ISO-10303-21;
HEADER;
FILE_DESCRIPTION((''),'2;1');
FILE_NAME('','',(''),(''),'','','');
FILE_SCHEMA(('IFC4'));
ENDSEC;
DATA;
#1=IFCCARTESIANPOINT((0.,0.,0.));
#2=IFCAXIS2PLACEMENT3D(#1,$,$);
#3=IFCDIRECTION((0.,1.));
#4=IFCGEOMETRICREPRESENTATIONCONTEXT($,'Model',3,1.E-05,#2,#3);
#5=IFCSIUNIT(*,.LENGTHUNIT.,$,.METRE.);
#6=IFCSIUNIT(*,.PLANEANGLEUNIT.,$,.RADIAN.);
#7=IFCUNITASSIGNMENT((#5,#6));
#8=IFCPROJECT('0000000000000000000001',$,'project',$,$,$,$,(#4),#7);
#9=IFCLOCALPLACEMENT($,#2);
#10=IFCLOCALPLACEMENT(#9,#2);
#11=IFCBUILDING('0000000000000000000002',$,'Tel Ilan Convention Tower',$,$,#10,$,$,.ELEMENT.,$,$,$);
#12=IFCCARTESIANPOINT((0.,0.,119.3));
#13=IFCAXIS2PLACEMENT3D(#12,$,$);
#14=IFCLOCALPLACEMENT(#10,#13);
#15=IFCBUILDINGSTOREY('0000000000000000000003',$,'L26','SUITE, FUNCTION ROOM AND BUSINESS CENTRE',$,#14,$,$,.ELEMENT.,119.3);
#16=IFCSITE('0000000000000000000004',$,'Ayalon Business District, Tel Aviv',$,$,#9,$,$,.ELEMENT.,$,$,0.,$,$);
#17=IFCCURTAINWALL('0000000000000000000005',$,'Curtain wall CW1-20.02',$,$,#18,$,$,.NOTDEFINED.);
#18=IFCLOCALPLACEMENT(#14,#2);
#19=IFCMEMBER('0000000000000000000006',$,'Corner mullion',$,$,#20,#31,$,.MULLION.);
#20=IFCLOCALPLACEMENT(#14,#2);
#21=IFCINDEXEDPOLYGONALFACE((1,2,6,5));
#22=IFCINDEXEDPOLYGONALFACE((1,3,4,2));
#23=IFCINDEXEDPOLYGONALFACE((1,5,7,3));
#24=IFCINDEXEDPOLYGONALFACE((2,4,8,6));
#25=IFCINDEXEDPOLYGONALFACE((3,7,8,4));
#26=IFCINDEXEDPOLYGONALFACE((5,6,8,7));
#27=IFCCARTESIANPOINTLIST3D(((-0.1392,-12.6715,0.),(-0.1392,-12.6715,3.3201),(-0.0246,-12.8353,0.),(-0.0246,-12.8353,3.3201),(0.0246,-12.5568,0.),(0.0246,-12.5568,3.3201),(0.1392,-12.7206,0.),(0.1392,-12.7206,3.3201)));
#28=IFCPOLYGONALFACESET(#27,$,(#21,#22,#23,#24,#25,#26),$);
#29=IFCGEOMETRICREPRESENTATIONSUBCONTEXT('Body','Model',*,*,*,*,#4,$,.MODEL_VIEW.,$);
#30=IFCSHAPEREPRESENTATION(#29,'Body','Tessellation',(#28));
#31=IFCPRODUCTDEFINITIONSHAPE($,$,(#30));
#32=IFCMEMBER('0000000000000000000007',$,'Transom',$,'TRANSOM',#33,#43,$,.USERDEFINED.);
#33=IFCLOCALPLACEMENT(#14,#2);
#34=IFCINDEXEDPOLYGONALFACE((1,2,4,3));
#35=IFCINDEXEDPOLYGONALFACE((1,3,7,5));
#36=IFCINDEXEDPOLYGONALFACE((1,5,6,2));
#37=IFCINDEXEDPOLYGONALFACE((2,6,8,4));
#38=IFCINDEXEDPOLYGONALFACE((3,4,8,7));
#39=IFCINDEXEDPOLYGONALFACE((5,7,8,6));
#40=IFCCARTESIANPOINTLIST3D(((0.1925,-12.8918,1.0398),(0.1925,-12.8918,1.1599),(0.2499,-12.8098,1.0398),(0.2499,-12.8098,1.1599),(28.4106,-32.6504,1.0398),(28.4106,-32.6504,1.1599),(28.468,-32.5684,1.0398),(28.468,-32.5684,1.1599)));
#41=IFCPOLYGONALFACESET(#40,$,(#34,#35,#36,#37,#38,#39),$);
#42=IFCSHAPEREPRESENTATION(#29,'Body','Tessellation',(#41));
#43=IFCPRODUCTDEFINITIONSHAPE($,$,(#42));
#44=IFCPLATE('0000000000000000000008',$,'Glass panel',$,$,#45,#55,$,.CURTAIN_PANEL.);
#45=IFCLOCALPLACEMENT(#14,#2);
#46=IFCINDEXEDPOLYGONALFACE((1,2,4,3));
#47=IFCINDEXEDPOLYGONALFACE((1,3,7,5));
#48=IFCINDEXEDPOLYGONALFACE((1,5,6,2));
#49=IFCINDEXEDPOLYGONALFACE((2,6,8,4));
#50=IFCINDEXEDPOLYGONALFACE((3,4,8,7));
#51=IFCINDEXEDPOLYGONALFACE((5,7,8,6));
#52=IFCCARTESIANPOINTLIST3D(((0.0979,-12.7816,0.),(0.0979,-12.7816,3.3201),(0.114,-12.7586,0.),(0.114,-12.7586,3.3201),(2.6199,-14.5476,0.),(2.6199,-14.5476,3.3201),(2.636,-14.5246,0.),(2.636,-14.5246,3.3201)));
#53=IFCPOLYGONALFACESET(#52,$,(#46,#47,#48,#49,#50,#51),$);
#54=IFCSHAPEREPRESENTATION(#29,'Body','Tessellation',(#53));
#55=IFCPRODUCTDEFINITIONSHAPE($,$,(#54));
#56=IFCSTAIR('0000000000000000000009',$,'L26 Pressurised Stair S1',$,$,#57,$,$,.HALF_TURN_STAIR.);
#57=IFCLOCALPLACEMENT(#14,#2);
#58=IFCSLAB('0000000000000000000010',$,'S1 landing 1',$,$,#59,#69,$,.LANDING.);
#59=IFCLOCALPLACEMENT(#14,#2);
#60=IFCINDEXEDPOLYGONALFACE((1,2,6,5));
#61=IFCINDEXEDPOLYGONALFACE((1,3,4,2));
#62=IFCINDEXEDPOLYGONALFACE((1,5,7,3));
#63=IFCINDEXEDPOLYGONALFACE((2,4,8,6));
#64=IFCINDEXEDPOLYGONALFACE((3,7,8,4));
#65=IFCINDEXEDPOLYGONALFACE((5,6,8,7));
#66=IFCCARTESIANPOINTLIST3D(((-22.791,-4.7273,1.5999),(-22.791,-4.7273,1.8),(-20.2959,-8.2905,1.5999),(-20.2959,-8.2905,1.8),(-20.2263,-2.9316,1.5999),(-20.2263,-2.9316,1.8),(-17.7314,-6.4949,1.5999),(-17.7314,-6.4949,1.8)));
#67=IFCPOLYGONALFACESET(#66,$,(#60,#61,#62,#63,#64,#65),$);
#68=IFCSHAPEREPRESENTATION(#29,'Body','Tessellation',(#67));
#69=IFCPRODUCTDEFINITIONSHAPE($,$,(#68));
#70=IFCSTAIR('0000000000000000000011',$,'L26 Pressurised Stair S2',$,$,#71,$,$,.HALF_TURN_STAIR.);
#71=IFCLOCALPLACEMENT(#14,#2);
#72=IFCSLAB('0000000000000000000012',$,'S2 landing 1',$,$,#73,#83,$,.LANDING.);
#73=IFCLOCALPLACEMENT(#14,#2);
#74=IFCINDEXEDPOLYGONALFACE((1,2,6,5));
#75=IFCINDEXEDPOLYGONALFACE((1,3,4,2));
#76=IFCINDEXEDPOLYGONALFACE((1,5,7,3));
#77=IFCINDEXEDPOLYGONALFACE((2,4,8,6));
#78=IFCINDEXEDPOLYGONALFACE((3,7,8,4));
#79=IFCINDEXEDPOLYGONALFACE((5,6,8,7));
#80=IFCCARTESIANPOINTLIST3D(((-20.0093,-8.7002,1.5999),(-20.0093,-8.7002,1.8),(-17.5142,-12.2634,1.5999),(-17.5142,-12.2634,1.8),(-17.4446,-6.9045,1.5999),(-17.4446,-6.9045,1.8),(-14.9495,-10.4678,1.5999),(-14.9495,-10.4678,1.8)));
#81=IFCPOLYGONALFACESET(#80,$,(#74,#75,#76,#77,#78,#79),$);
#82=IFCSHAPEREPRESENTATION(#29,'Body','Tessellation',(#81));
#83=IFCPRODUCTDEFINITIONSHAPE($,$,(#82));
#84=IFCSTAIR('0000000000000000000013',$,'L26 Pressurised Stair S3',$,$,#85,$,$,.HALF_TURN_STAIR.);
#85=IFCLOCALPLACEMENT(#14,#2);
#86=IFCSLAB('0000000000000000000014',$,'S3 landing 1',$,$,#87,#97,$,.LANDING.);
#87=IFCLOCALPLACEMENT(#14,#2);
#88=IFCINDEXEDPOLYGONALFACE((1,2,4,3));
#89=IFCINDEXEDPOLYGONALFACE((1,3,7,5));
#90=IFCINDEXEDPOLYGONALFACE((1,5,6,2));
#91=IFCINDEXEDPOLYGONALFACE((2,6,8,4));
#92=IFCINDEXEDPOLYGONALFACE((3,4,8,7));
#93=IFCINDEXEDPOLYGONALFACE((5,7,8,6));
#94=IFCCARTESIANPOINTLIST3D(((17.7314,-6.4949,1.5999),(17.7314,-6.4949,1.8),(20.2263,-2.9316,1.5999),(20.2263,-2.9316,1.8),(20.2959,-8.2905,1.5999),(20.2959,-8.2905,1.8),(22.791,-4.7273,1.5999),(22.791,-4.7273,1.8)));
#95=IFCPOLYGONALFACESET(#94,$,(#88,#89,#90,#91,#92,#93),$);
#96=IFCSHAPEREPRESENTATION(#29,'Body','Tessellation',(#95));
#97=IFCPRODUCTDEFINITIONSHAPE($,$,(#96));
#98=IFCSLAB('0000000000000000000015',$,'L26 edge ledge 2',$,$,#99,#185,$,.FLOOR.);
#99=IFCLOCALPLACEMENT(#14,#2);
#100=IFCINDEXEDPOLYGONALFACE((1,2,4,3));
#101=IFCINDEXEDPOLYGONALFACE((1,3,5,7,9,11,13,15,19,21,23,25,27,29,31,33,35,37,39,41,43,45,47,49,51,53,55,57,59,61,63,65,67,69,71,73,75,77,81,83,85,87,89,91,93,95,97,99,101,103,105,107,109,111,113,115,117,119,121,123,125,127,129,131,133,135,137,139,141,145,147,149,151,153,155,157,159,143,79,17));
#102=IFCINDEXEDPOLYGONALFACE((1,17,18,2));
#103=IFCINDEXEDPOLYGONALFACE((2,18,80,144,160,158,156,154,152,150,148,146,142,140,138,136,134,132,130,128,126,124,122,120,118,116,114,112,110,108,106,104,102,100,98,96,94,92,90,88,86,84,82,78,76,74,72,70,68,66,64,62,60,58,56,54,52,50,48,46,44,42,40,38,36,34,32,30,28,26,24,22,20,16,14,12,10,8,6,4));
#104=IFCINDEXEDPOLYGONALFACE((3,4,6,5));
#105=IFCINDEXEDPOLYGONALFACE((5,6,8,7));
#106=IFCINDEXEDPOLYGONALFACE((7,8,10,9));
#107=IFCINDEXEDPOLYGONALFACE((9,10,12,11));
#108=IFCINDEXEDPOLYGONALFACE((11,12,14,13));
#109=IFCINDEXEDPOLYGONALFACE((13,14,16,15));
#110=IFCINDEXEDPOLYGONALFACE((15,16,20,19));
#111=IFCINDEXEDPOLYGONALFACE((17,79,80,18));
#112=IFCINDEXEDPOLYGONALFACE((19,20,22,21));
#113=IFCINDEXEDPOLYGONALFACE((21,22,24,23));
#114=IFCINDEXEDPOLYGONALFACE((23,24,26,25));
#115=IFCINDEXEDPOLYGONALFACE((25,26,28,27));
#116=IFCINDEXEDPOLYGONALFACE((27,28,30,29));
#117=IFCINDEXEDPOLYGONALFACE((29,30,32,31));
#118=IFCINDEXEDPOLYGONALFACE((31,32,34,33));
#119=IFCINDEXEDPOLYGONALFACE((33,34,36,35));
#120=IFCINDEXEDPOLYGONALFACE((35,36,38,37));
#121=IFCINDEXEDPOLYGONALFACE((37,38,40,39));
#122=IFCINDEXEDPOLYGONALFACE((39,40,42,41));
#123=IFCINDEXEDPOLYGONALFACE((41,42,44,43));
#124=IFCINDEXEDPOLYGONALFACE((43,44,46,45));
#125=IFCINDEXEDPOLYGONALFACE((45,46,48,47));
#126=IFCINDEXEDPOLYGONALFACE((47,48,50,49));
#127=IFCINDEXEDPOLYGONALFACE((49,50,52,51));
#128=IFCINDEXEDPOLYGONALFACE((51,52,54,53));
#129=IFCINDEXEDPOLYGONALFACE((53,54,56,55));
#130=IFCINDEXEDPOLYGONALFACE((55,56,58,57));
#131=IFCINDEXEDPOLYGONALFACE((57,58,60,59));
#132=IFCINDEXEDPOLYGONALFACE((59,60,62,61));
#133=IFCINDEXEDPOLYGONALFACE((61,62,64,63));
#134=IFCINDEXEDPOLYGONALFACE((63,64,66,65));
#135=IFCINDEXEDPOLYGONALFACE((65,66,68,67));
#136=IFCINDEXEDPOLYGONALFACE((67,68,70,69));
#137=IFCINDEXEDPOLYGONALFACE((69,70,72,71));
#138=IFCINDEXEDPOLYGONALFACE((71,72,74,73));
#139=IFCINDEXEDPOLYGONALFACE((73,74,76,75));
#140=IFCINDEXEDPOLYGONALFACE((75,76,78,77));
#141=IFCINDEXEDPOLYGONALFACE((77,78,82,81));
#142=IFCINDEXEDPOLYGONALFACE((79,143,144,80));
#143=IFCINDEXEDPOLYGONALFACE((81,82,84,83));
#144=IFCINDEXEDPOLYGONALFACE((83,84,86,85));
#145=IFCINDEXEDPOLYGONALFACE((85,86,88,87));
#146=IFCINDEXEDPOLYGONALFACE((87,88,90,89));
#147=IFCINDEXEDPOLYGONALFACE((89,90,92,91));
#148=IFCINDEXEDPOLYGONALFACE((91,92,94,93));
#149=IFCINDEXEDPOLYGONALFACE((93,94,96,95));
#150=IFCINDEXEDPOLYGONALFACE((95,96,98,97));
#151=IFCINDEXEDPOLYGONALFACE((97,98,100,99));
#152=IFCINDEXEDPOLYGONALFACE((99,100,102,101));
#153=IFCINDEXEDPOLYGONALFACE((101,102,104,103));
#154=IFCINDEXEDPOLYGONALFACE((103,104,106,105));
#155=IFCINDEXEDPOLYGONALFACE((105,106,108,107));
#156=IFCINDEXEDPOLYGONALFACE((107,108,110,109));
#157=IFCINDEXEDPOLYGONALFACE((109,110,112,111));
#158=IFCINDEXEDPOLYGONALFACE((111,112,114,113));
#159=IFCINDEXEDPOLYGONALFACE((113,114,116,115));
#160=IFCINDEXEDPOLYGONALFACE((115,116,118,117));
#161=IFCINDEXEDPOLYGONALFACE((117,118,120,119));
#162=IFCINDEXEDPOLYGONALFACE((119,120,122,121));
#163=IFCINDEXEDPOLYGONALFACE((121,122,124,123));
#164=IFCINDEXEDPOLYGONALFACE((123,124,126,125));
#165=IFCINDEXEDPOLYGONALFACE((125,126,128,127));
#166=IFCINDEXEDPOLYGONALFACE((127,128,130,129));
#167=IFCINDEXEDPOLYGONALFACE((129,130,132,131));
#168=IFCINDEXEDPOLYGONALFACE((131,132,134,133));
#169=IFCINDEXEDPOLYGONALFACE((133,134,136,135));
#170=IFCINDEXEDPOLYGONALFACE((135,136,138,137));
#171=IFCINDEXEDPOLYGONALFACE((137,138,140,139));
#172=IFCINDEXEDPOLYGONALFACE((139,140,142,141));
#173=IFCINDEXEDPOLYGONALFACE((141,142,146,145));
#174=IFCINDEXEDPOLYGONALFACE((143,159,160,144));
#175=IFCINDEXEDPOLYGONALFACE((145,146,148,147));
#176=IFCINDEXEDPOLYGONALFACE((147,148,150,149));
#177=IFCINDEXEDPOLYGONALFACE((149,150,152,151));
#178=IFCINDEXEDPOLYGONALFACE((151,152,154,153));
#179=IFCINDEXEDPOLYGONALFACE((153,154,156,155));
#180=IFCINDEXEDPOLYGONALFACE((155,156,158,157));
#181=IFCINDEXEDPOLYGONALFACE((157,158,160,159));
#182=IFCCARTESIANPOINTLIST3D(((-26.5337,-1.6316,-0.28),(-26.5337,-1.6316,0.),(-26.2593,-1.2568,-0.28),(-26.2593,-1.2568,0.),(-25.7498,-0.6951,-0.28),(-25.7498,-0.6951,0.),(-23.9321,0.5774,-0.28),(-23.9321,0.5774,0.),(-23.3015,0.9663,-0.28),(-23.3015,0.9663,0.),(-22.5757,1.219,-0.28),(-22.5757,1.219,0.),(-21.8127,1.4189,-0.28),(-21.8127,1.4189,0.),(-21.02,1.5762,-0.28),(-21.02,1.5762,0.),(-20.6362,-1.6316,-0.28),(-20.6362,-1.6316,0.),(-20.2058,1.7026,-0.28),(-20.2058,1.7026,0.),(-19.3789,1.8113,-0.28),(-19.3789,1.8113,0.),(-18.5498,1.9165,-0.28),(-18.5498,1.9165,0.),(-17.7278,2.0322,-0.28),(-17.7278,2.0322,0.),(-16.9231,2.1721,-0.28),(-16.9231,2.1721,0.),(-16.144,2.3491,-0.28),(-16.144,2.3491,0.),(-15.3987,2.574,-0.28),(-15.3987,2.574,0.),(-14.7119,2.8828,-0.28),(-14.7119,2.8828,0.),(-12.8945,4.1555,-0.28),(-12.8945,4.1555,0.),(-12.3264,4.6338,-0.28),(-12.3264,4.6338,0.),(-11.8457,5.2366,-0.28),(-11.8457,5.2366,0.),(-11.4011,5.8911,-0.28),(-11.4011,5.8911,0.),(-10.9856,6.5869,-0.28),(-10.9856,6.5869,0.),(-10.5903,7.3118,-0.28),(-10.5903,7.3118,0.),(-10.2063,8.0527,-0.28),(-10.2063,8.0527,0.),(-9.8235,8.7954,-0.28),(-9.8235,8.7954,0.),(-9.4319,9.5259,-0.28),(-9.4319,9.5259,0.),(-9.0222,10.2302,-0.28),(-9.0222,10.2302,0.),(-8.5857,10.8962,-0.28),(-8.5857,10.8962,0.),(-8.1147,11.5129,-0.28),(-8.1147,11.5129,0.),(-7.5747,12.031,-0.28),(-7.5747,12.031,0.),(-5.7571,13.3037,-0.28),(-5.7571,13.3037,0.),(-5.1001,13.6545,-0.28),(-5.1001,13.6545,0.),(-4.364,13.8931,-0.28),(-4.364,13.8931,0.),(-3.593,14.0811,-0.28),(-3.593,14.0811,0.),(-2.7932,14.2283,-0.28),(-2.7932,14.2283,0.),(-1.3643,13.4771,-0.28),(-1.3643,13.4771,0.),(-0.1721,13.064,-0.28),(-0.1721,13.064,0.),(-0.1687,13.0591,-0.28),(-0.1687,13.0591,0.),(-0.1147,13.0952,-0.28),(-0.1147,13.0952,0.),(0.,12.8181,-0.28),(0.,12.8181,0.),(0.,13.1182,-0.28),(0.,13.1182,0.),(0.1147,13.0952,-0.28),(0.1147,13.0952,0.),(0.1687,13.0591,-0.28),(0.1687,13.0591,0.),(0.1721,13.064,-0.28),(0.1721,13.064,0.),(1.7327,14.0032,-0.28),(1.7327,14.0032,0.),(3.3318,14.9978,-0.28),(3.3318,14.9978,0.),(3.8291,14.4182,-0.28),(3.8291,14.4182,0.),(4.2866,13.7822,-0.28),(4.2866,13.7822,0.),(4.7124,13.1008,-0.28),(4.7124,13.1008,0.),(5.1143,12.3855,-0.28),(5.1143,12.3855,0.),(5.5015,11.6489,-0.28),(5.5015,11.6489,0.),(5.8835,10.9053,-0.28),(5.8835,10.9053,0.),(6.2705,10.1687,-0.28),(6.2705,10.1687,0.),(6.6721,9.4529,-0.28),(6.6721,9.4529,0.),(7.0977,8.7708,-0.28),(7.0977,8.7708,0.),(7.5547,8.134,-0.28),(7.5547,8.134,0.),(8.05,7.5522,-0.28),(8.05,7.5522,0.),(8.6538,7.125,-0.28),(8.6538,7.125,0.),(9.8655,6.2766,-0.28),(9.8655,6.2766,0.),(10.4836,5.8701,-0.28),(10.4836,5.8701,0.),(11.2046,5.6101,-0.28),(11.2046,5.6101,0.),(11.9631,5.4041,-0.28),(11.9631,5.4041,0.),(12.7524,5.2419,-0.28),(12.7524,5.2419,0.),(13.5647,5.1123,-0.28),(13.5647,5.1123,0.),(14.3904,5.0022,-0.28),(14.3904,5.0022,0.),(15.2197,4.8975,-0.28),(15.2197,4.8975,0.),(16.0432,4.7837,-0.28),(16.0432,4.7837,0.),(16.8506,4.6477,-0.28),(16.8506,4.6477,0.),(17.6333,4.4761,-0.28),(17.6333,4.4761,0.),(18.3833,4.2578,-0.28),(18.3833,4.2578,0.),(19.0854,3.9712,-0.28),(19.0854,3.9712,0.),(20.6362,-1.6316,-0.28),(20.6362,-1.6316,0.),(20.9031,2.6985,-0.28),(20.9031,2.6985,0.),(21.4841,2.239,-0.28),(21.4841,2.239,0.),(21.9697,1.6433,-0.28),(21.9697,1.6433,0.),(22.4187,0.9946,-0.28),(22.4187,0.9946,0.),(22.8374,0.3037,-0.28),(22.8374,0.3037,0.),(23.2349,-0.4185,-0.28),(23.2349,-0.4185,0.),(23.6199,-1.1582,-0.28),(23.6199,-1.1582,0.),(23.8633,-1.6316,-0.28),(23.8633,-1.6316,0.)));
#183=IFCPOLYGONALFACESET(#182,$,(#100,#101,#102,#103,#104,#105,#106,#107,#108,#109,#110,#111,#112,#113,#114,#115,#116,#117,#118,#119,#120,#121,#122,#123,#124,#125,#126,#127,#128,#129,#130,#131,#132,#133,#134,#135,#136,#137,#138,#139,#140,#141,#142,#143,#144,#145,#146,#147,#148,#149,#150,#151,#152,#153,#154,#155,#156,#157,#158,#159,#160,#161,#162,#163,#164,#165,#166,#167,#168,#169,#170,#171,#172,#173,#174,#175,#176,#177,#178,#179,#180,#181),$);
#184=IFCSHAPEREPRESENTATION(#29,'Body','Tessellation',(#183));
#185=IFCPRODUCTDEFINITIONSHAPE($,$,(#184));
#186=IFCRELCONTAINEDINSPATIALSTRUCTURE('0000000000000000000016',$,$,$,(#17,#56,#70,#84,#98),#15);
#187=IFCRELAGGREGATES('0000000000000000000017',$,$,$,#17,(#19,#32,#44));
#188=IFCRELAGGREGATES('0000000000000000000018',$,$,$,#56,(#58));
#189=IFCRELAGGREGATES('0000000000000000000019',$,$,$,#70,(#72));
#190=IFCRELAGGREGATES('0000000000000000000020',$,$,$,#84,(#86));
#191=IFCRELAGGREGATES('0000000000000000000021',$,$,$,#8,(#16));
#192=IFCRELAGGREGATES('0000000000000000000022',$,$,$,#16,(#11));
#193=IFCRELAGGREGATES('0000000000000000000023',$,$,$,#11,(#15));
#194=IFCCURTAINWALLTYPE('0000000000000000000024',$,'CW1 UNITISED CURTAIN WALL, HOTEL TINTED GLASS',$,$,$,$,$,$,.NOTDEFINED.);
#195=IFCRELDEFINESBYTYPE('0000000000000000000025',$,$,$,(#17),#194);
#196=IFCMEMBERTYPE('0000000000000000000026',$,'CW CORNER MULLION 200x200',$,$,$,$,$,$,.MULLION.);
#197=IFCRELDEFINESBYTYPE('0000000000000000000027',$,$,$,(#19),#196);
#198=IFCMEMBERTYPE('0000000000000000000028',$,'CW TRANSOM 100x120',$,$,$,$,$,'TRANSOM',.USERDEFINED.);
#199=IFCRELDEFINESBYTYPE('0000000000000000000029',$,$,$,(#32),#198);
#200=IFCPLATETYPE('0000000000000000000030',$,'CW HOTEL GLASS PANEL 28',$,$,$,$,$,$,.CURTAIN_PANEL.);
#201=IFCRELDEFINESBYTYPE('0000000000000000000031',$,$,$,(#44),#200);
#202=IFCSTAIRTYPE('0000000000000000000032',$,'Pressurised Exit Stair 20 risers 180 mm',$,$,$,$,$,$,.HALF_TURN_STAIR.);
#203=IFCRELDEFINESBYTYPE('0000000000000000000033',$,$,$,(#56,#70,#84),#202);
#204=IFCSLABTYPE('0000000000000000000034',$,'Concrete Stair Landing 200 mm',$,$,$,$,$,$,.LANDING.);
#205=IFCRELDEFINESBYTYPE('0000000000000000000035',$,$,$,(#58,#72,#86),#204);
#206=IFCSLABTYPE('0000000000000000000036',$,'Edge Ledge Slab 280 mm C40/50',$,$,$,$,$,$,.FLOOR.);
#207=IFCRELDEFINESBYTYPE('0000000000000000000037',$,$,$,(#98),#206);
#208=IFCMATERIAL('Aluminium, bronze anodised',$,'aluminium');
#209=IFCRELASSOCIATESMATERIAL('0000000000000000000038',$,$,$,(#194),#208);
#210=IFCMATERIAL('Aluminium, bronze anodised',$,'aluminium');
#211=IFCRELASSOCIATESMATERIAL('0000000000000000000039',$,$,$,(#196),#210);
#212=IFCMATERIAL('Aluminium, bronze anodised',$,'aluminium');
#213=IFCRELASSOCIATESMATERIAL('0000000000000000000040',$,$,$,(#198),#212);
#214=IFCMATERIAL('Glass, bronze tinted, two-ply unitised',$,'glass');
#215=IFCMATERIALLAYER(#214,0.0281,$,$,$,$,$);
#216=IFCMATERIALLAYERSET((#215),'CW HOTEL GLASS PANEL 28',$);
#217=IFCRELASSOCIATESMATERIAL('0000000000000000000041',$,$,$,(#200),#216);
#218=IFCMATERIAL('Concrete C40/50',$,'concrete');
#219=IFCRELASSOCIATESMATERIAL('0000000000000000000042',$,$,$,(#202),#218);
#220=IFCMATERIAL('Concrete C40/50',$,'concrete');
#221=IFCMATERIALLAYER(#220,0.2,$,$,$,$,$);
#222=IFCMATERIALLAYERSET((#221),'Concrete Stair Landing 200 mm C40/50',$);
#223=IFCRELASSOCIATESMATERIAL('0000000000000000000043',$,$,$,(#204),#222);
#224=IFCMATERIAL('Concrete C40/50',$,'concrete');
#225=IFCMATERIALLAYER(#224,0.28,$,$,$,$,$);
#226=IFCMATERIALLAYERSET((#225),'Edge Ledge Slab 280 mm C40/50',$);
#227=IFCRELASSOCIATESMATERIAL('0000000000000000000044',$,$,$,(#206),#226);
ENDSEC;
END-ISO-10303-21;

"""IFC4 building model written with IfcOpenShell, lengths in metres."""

from ifc_helpers import new_model, si_unit, direction, frame, origin, origin_2d, place, context, subcontext, project, spatial, polyline, rectangle, outline, extrude, material, layer, layer_set, material_profile, profile_set, type_object, element, aggregate, save


model = new_model("IFC4")

# Units and contexts
model_context = context("Model", 3, precision=1e-05, world=origin(), true_north=direction((0.0, 1.0)))
body_context = subcontext(model_context, "Body", "Model", "MODEL_VIEW")
ifc_project = project(units=[si_unit("LENGTHUNIT", "METRE"), si_unit("PLANEANGLEUNIT", "RADIAN")], contexts=[model_context])

# Site, building, storey
site_placement = place(None, origin())
site = spatial("IfcSite", under=ifc_project, at=site_placement, Name="Ayalon Business District, Tel Aviv", CompositionType="ELEMENT", RefElevation=0.0)
building_placement = place(site_placement, origin())
building = spatial("IfcBuilding", under=site, at=building_placement, Name="Tel Ilan Convention Tower", CompositionType="ELEMENT")
storey_placement = place(building_placement, frame((0.0, 0.0, 119.3)))
storey = spatial("IfcBuildingStorey", under=building, at=storey_placement, Name="L26", Description="SUITE, FUNCTION ROOM AND BUSINESS CENTRE", CompositionType="ELEMENT", Elevation=119.3)

# Curtain wall, members, plate
ifc_material_1 = material(Name="Aluminium, bronze anodised", Category="aluminium")
curtain_wall_type = type_object("IfcCurtainWallType", Name="CW1 UNITISED CURTAIN WALL, HOTEL TINTED GLASS", PredefinedType="NOTDEFINED", material=ifc_material_1)
curtain_wall_placement = place(storey_placement, origin())
curtain_wall = element("IfcCurtainWall", 1, at=curtain_wall_placement, inside=storey, type_object=curtain_wall_type, Name="Curtain wall CW1-20.02", PredefinedType="NOTDEFINED")
ifc_material_2 = material(Name="Aluminium, bronze anodised", Category="aluminium")
ifc_material_profile_1 = material_profile(ifc_material_2, rectangle(XDim=0.2, YDim=0.2, at=origin_2d()), Name="CW CORNER MULLION 200x200")
ifc_profile_set_1 = profile_set([ifc_material_profile_1], Name="Aluminium, bronze anodised")
member_type_1 = type_object("IfcMemberType", Name="CW CORNER MULLION 200x200", PredefinedType="MULLION", material=ifc_profile_set_1)
member_1_placement = place(storey_placement, frame((0.0, -12.696, 0.0), z_axis=(0.0, 0.0, 1.0), x_axis=(0.819152, 0.573576, 0.0)))
member_1 = element("IfcMember", 2, at=member_1_placement, type_object=member_type_1, Name="Corner mullion", PredefinedType="MULLION", context=body_context, shape_type="SweptSolid", body=[
    extrude(rectangle(XDim=0.2, YDim=0.2, at=origin_2d()), origin(), (0.0, 0.0, 1.0), 3.3201),
])
ifc_material_3 = material(Name="Aluminium, bronze anodised", Category="aluminium")
ifc_material_profile_2 = material_profile(ifc_material_3, rectangle(XDim=0.1001, YDim=0.1201, at=origin_2d()), Name="CW TRANSOM 100x120")
ifc_profile_set_2 = profile_set([ifc_material_profile_2], Name="Aluminium, bronze anodised")
member_type_2 = type_object("IfcMemberType", Name="CW TRANSOM 100x120", ElementType="TRANSOM", PredefinedType="USERDEFINED", material=ifc_profile_set_2)
member_2_placement = place(storey_placement, frame((0.2212, -12.8508, 1.0999), z_axis=(0.819151, -0.573578, 0.0), x_axis=(0.573578, 0.819151, 0.0)))
member_2 = element("IfcMember", 3, at=member_2_placement, type_object=member_type_2, Name="Transom", ObjectType="TRANSOM", PredefinedType="USERDEFINED", context=body_context, shape_type="SweptSolid", body=[
    extrude(rectangle(XDim=0.1001, YDim=0.1201, at=origin_2d()), origin(), (0.0, 0.0, 1.0), 34.448),
])
ifc_material_4 = material(Name="Glass, bronze tinted, two-ply unitised", Category="glass")
ifc_layer_1 = layer(ifc_material_4, 0.0281)
ifc_layer_set_1 = layer_set([ifc_layer_1], Name="CW HOTEL GLASS PANEL 28")
plate_type = type_object("IfcPlateType", Name="CW HOTEL GLASS PANEL 28", PredefinedType="CURTAIN_PANEL", material=ifc_layer_set_1)
plate_placement = place(storey_placement, frame((1.3669, -13.6531, 0.0), z_axis=(0.0, 0.0, 1.0), x_axis=(0.819152, -0.573576, 0.0)))
plate = element("IfcPlate", 4, at=plate_placement, type_object=plate_type, Name="Glass panel", PredefinedType="CURTAIN_PANEL", context=body_context, shape_type="SweptSolid", body=[
    extrude(rectangle(XDim=3.0789, YDim=0.0281, at=origin_2d()), origin(), (0.0, 0.0, 1.0), 3.3201),
])
aggregate(curtain_wall, [member_1, member_2, plate])

# Stairs, slabs
ifc_material_5 = material(Name="Concrete C40/50", Category="concrete")
stair_type = type_object("IfcStairType", Name="Pressurised Exit Stair 20 risers 180 mm", PredefinedType="HALF_TURN_STAIR", material=ifc_material_5)
stair_1_placement = place(storey_placement, origin())
stair_1 = element("IfcStair", 5, at=stair_1_placement, inside=storey, type_object=stair_type, Name="L26 Pressurised Stair S1", PredefinedType="HALF_TURN_STAIR")
ifc_material_6 = material(Name="Concrete C40/50", Category="concrete")
ifc_layer_2 = layer(ifc_material_6, 0.2)
ifc_layer_set_2 = layer_set([ifc_layer_2], Name="Concrete Stair Landing 200 mm C40/50")
slab_type_1 = type_object("IfcSlabType", Name="Concrete Stair Landing 200 mm", PredefinedType="LANDING", material=ifc_layer_set_2)
slab_1_placement = place(storey_placement, frame((0.0, 0.0, 1.5999)))
slab_1 = element("IfcSlab", 6, at=slab_1_placement, type_object=slab_type_1, Name="S1 landing 1", PredefinedType="LANDING", context=body_context, shape_type="SweptSolid", body=[
    extrude(outline(polyline([(-20.2959, -8.2905), (-17.7314, -6.4949), (-20.2263, -2.9316), (-22.791, -4.7273), (-20.2959, -8.2905)])), origin(), (0.0, 0.0, 1.0), 0.2002),
])
aggregate(stair_1, [slab_1])
stair_2_placement = place(storey_placement, origin())
stair_2 = element("IfcStair", 7, at=stair_2_placement, inside=storey, type_object=stair_type, Name="L26 Pressurised Stair S2", PredefinedType="HALF_TURN_STAIR")
slab_2_placement = place(storey_placement, frame((0.0, 0.0, 1.5999)))
slab_2 = element("IfcSlab", 8, at=slab_2_placement, type_object=slab_type_1, Name="S2 landing 1", PredefinedType="LANDING", context=body_context, shape_type="SweptSolid", body=[
    extrude(outline(polyline([(-17.5142, -12.2634), (-14.9495, -10.4678), (-17.4446, -6.9045), (-20.0093, -8.7002), (-17.5142, -12.2634)])), origin(), (0.0, 0.0, 1.0), 0.2002),
])
aggregate(stair_2, [slab_2])
stair_3_placement = place(storey_placement, origin())
stair_3 = element("IfcStair", 9, at=stair_3_placement, inside=storey, type_object=stair_type, Name="L26 Pressurised Stair S3", PredefinedType="HALF_TURN_STAIR")
slab_3_placement = place(storey_placement, frame((0.0, 0.0, 1.5999)))
slab_3 = element("IfcSlab", 10, at=slab_3_placement, type_object=slab_type_1, Name="S3 landing 1", PredefinedType="LANDING", context=body_context, shape_type="SweptSolid", body=[
    extrude(outline(polyline([(22.791, -4.7273), (20.2263, -2.9316), (17.7314, -6.4949), (20.2959, -8.2905), (22.791, -4.7273)])), origin(), (0.0, 0.0, 1.0), 0.2002),
])
aggregate(stair_3, [slab_3])

# Slab
ifc_material_7 = material(Name="Concrete C40/50", Category="concrete")
ifc_layer_3 = layer(ifc_material_7, 0.28)
ifc_layer_set_3 = layer_set([ifc_layer_3], Name="Edge Ledge Slab 280 mm C40/50")
slab_type_2 = type_object("IfcSlabType", Name="Edge Ledge Slab 280 mm C40/50", PredefinedType="FLOOR", material=ifc_layer_set_3)
slab_4_placement = place(storey_placement, frame((0.0, 0.0, -0.28)))
element("IfcSlab", 11, at=slab_4_placement, inside=storey, type_object=slab_type_2, Name="L26 edge ledge 2", PredefinedType="FLOOR", context=body_context, shape_type="SweptSolid", body=[
    extrude(outline(polyline([(-23.3015, 0.9663), (-22.5757, 1.219), (-21.8127, 1.4189), (-21.02, 1.5762), (-20.2058, 1.7026), (-19.3789, 1.8113), (-18.5498, 1.9165), (-17.7278, 2.0322), (-16.9231, 2.1721), (-16.144, 2.3491), (-15.3987, 2.574), (-14.7119, 2.8828), (-12.8945, 4.1555), (-12.3264, 4.6338), (-11.8457, 5.2366), (-11.4011, 5.8911), (-10.9856, 6.5869), (-10.5903, 7.3118), (-10.2063, 8.0527), (-9.8235, 8.7954), (-9.4319, 9.5259), (-9.0222, 10.2302), (-8.5857, 10.8962), (-8.1147, 11.5129), (-7.5747, 12.031), (-5.7571, 13.3037), (-5.1001, 13.6545), (-4.364, 13.8931), (-3.593, 14.0811), (-2.7932, 14.2283), (-1.3643, 13.4771), (-0.1721, 13.064), (-0.1687, 13.0591), (-0.1147, 13.0952), (0.0, 13.1182), (0.1147, 13.0952), (0.1687, 13.0591), (0.1721, 13.064), (1.7327, 14.0032), (3.3318, 14.9978), (3.8291, 14.4182), (4.2866, 13.7822), (4.7124, 13.1008), (5.1143, 12.3855), (5.5015, 11.6489), (5.8835, 10.9053), (6.2705, 10.1687), (6.6721, 9.4529), (7.0977, 8.7708), (7.5547, 8.134), (8.05, 7.5522), (8.6538, 7.125), (9.8655, 6.2766), (10.4836, 5.8701), (11.2046, 5.6101), (11.9631, 5.4041), (12.7524, 5.2419), (13.5647, 5.1123), (14.3904, 5.0022), (15.2197, 4.8975), (16.0432, 4.7837), (16.8506, 4.6477), (17.6333, 4.4761), (18.3833, 4.2578), (19.0854, 3.9712), (20.9031, 2.6985), (21.4841, 2.239), (21.9697, 1.6433), (22.4187, 0.9946), (22.8374, 0.3037), (23.2349, -0.4185), (23.6199, -1.1582), (23.8633, -1.6316), (20.6362, -1.6316), (0.0, 12.8181), (-20.6362, -1.6316), (-26.5337, -1.6316), (-26.2593, -1.2568), (-25.7498, -0.6951), (-23.9321, 0.5774), (-23.3015, 0.9663)])), origin(), (0.0, 0.0, 1.0), 0.28),
])

save(model, "model.ifc")
